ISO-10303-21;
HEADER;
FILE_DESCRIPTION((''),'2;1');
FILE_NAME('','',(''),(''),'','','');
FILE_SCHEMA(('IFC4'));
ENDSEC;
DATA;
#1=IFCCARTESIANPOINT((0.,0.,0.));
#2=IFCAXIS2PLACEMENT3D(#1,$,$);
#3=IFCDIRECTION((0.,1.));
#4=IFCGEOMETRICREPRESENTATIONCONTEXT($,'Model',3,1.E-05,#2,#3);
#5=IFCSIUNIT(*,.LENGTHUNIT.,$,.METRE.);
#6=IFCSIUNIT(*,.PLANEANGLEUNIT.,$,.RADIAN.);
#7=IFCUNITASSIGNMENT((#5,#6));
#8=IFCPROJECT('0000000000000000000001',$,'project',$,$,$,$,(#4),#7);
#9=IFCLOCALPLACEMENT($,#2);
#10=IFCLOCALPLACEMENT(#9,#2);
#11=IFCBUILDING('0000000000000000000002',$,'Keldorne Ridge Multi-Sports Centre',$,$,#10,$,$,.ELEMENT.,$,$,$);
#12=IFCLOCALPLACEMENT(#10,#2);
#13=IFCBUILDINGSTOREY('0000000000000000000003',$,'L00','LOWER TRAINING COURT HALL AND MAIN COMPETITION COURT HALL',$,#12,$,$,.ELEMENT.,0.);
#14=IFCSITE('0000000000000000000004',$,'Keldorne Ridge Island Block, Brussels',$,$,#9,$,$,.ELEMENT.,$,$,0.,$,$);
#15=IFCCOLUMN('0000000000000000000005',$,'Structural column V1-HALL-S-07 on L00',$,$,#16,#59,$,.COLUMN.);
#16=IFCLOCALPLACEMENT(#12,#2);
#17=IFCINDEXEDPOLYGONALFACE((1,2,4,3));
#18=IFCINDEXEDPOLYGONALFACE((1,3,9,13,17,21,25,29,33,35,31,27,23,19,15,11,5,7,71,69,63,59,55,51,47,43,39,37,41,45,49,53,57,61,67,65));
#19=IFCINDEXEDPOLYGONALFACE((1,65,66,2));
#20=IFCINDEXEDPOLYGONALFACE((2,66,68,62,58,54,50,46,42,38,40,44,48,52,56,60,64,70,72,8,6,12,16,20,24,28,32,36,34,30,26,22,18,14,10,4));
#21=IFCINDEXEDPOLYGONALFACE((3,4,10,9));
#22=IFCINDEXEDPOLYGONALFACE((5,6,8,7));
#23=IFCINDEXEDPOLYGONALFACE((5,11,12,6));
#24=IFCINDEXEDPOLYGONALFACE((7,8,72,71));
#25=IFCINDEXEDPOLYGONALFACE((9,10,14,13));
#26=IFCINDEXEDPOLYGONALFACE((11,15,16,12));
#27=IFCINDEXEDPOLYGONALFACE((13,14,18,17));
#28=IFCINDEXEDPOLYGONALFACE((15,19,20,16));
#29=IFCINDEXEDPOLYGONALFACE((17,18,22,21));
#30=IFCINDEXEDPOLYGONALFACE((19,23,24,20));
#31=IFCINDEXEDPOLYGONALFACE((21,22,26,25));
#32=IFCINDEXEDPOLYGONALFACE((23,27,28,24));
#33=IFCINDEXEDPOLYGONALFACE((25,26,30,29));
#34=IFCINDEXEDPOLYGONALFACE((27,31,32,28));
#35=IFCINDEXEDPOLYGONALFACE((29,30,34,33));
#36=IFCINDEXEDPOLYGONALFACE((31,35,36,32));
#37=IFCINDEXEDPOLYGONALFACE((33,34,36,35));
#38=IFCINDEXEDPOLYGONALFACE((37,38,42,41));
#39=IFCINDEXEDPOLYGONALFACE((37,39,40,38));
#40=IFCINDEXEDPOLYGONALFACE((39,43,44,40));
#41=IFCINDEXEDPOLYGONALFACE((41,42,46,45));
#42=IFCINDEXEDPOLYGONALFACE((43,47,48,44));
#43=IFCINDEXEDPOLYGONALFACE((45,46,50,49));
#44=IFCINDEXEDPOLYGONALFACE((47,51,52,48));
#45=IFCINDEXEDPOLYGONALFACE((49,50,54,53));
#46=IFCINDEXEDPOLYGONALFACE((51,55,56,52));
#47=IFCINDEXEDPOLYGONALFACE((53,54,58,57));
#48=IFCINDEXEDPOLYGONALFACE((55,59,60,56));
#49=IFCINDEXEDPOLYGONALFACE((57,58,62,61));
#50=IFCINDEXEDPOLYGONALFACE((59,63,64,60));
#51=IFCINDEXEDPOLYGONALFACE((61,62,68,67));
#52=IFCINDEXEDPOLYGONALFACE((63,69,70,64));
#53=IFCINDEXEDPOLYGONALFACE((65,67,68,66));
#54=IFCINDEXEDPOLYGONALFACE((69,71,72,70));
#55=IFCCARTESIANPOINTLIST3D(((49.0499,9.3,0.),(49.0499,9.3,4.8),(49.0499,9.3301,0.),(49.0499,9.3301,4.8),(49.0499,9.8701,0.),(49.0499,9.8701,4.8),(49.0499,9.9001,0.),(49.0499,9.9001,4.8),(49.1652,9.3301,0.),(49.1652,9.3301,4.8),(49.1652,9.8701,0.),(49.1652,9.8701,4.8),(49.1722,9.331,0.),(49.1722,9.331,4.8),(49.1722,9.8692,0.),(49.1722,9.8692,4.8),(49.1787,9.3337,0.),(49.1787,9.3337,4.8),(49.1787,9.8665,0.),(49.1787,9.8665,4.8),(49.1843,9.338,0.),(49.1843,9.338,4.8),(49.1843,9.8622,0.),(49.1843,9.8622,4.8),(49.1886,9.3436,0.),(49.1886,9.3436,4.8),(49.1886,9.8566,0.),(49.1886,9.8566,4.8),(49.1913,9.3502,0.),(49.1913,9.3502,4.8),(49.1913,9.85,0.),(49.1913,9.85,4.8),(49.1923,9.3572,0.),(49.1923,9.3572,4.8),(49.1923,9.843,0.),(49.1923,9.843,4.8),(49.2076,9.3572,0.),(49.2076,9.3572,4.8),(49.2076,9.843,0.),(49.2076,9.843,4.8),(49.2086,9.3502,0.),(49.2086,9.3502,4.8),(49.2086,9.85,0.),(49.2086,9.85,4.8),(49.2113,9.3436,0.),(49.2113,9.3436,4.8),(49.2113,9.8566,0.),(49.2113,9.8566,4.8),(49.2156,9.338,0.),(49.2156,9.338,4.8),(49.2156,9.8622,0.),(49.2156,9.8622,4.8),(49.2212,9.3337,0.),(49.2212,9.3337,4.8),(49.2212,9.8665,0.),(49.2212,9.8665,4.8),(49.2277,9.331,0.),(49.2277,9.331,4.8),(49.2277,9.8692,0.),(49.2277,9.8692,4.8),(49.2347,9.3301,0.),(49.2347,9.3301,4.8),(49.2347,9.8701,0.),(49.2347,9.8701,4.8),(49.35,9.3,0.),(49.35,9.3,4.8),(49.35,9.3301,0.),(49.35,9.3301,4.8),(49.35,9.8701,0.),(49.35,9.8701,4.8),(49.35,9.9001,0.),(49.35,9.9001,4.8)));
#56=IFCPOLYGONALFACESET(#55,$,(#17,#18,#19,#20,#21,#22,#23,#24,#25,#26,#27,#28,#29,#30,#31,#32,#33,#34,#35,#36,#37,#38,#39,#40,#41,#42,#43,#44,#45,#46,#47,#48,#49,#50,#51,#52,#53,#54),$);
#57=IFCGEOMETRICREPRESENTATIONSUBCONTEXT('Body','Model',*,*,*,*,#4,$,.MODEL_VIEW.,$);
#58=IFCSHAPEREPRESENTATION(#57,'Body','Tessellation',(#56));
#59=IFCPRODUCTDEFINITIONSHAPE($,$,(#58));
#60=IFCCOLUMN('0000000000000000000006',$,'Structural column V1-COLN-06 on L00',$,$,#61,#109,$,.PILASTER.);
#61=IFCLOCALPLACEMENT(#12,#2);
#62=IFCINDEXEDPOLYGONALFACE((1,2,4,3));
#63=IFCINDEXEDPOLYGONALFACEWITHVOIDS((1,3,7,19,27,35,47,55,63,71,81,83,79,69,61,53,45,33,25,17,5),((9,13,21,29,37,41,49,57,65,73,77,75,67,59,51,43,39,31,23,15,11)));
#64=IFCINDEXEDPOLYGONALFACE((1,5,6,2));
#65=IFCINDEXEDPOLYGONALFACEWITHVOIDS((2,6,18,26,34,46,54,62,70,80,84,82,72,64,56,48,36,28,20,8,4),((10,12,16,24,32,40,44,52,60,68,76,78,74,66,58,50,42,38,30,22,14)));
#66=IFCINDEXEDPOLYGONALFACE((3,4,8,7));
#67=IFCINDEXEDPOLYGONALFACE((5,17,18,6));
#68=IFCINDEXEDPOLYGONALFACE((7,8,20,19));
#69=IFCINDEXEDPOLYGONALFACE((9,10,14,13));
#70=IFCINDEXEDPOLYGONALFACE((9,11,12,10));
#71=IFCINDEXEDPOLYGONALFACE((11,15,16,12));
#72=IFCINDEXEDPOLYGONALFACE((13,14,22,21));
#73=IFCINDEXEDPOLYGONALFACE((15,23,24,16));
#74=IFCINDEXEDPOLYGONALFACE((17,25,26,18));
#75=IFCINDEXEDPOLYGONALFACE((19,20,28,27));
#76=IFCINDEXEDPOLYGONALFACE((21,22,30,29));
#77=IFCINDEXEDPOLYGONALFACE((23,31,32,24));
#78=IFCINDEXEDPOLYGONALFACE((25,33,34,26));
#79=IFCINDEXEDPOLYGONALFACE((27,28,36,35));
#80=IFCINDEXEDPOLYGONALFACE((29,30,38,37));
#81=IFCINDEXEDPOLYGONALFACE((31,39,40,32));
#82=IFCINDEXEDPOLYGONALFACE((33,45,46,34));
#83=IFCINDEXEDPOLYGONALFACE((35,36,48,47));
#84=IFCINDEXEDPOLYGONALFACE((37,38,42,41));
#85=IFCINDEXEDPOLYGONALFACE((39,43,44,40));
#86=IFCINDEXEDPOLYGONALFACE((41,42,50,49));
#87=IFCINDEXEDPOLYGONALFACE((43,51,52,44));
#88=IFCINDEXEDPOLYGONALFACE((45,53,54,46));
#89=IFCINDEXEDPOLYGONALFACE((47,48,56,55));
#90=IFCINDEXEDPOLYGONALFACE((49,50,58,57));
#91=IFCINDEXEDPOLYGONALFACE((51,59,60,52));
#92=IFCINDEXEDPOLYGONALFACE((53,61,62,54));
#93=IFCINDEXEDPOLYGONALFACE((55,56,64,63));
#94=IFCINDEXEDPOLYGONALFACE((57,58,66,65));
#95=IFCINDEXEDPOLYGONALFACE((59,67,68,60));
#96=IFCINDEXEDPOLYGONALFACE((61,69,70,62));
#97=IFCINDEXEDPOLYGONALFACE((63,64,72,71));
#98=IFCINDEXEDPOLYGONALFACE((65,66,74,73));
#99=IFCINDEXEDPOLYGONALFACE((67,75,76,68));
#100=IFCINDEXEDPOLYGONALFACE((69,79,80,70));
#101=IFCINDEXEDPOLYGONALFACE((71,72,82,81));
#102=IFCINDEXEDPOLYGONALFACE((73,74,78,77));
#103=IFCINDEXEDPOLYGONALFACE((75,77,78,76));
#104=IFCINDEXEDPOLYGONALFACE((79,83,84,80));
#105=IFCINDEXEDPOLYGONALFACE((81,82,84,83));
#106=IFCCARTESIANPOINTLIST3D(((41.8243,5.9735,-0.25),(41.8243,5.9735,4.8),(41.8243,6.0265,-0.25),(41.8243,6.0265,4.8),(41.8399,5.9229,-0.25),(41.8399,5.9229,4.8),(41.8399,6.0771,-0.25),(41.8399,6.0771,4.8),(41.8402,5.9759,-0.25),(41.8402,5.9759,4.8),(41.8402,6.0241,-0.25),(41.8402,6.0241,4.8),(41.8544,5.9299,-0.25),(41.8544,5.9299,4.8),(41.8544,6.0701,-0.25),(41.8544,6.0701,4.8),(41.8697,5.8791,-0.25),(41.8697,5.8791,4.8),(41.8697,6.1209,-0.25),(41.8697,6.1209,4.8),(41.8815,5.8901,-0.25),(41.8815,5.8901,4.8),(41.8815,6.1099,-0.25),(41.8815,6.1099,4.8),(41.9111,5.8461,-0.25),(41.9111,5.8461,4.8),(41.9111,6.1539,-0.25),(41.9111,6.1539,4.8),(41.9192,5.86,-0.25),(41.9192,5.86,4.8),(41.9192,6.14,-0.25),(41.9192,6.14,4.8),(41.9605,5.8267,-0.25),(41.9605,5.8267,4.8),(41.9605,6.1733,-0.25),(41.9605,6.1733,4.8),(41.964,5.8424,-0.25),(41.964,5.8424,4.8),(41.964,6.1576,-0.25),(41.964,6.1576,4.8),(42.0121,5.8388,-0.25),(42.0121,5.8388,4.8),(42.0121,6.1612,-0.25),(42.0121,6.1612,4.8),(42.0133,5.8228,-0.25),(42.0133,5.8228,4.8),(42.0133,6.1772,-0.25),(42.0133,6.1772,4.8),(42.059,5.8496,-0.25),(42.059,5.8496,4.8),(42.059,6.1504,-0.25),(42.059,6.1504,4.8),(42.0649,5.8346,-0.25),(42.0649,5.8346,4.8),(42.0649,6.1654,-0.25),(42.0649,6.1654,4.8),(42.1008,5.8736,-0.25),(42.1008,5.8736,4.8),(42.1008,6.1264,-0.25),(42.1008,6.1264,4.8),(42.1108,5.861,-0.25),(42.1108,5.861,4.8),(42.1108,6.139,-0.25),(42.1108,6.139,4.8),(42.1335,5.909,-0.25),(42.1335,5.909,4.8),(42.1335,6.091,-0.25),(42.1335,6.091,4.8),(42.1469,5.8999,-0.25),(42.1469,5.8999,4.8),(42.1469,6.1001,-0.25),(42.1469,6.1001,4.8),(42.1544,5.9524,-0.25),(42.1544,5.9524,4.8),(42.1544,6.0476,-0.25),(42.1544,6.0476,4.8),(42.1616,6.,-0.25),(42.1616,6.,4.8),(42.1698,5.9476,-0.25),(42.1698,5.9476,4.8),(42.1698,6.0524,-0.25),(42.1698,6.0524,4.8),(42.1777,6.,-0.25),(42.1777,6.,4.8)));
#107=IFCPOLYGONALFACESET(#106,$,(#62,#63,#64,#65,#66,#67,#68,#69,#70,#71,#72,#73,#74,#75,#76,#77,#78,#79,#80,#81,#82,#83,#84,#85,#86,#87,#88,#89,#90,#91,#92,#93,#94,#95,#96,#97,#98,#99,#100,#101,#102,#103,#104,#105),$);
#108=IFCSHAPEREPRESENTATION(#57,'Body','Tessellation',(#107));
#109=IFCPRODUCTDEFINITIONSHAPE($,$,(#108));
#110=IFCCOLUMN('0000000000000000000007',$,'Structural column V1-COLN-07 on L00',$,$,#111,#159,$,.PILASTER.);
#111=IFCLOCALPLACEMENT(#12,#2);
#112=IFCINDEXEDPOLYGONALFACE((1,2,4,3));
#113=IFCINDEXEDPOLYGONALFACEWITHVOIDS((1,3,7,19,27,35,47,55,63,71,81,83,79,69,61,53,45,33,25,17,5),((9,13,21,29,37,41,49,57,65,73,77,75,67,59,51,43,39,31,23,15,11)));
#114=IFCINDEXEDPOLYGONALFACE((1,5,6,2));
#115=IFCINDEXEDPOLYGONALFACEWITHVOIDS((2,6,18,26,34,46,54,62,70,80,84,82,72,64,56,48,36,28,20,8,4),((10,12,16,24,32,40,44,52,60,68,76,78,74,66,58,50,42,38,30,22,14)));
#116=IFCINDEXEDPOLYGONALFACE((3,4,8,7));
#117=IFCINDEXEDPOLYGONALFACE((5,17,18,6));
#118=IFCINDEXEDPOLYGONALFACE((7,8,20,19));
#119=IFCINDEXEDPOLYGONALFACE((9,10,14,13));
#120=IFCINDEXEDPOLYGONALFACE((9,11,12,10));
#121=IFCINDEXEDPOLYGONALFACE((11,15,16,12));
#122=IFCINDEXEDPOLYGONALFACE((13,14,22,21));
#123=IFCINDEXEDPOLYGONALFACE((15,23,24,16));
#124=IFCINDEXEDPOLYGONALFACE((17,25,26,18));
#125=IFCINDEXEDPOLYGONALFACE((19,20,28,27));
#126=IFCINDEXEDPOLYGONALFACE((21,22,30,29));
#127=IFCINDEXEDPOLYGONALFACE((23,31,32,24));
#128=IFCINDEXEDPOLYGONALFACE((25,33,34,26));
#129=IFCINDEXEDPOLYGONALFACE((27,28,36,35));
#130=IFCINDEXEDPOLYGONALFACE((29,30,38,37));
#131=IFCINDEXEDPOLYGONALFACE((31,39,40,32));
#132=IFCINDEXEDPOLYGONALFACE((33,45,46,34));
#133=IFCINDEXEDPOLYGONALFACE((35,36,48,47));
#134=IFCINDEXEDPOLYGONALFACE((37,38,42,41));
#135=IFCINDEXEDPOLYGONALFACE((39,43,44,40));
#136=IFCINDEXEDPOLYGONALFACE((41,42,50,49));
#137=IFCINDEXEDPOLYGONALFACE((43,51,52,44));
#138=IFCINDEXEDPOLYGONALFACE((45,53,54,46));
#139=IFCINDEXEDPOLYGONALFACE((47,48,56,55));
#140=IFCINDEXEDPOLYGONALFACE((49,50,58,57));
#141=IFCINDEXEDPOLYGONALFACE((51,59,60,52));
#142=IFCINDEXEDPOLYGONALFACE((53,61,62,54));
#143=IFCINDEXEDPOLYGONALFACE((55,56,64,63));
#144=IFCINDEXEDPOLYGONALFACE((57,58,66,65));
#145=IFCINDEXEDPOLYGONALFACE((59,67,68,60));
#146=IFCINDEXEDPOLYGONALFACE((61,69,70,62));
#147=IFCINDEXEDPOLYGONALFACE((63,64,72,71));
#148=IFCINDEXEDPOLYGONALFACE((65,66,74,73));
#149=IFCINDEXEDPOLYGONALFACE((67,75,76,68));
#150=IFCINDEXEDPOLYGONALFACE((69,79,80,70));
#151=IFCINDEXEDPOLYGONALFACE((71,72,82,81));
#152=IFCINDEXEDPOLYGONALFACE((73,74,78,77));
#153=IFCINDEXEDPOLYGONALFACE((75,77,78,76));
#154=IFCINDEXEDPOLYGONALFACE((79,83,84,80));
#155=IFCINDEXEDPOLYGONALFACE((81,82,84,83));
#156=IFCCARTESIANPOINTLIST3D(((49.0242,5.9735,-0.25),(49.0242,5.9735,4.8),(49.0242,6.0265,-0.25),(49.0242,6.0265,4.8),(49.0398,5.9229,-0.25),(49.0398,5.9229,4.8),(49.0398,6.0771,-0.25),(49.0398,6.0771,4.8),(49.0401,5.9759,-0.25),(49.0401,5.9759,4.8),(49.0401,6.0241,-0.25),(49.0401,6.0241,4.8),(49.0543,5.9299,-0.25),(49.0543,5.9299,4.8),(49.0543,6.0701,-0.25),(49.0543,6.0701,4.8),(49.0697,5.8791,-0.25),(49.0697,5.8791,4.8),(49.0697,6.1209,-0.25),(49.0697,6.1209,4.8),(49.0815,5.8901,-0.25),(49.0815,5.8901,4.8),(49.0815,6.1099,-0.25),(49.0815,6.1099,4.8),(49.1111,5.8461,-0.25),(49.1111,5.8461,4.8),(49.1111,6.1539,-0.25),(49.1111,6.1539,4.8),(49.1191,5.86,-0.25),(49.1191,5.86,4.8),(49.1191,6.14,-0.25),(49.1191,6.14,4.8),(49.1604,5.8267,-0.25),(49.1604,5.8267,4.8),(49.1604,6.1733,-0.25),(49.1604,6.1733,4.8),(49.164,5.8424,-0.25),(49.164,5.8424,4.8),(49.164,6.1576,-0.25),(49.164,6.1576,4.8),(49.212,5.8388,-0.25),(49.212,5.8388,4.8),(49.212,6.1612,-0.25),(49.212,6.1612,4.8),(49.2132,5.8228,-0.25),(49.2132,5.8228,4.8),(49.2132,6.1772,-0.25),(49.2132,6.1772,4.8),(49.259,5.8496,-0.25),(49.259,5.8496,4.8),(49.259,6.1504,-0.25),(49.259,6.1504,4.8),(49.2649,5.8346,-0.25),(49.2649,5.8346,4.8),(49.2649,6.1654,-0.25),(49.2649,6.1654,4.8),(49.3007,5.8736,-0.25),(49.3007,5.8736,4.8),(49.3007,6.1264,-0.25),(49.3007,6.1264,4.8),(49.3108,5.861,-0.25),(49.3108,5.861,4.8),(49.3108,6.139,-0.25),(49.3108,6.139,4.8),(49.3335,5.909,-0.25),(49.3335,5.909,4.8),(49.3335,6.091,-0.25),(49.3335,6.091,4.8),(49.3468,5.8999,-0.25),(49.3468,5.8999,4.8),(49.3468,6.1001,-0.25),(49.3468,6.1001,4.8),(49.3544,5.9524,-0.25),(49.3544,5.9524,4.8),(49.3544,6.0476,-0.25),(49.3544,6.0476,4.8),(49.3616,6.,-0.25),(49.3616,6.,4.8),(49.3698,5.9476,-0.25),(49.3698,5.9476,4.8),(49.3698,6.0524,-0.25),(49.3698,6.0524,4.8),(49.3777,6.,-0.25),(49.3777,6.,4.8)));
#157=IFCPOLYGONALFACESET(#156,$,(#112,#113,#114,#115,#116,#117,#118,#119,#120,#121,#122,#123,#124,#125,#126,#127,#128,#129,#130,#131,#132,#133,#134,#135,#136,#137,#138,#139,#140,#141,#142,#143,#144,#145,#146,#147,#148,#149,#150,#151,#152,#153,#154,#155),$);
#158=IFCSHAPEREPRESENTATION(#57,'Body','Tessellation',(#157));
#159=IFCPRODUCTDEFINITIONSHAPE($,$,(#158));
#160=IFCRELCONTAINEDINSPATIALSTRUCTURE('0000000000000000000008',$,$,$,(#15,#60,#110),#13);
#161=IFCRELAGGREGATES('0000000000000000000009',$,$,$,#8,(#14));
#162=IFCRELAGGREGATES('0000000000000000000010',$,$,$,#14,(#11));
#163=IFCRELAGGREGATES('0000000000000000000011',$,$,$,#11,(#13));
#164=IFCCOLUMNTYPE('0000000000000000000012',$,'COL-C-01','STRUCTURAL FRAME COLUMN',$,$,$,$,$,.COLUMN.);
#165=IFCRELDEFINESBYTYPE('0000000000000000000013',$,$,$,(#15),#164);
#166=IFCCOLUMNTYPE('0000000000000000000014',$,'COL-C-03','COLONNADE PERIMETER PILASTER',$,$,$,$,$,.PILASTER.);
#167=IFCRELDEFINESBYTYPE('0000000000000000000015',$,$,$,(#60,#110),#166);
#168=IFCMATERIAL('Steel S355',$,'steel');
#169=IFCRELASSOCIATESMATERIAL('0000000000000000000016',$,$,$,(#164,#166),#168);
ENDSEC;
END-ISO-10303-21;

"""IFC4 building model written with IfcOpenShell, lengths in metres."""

from ifc_helpers import new_model, si_unit, direction, frame, origin, origin_2d, place, context, subcontext, project, spatial, hollow_circle, i_section, extrude, material, material_profile, profile_set, type_object, element, save


model = new_model("IFC4")

# Units and contexts
model_context = context("Model", 3, precision=1e-05, world=origin(), true_north=direction((0.0, 1.0)))
body_context = subcontext(model_context, "Body", "Model", "MODEL_VIEW")
ifc_project = project(units=[si_unit("LENGTHUNIT", "METRE"), si_unit("PLANEANGLEUNIT", "RADIAN")], contexts=[model_context])

# Site, building, storey
site_placement = place(None, origin())
site = spatial("IfcSite", under=ifc_project, at=site_placement, Name="Keldorne Ridge Island Block, Brussels", CompositionType="ELEMENT", RefElevation=0.0)
building_placement = place(site_placement, origin())
building = spatial("IfcBuilding", under=site, at=building_placement, Name="Keldorne Ridge Multi-Sports Centre", CompositionType="ELEMENT")
storey_placement = place(building_placement, origin())
storey = spatial("IfcBuildingStorey", under=building, at=storey_placement, Name="L00", Description="LOWER TRAINING COURT HALL AND MAIN COMPETITION COURT HALL", CompositionType="ELEMENT", Elevation=0.0)

# Columns
ifc_material_1 = material(Name="Steel S355", Category="steel")
ifc_material_profile_1 = material_profile(ifc_material_1, i_section(OverallWidth=0.3, OverallDepth=0.6001, WebThickness=0.0154, FlangeThickness=0.03, FilletRadius=0.0271, at=origin_2d()), Name="HEB 600")
ifc_profile_set_1 = profile_set([ifc_material_profile_1], Name="Steel S355")
column_type_1 = type_object("IfcColumnType", Name="COL-C-01", Description="STRUCTURAL FRAME COLUMN", PredefinedType="COLUMN", material=ifc_profile_set_1)
for number, where, z_axis, x_axis, name in (
    (1, (49.2, 9.6001, 0.0), (0.0, 0.0, 1.0), (1.0, 0.0, 0.0), "Structural column V1-HALL-S-07 on L00"),
):
    element("IfcColumn", number, at=place(storey_placement, frame(where, z_axis=z_axis, x_axis=x_axis)), inside=storey, type_object=column_type_1, Name=name, PredefinedType="COLUMN", context=body_context, shape_type="SweptSolid", body=[
        extrude(i_section(OverallWidth=0.3, OverallDepth=0.6001, WebThickness=0.0154, FlangeThickness=0.03, FilletRadius=0.0271, at=origin_2d()), origin(), (0.0, 0.0, 1.0), 4.8),
    ])
ifc_material_profile_2 = material_profile(ifc_material_1, hollow_circle(Radius=0.1777, WallThickness=0.0161, at=origin_2d()), Name="CHS 355.6x16")
ifc_profile_set_2 = profile_set([ifc_material_profile_2], Name="Steel S355")
column_type_2 = type_object("IfcColumnType", Name="COL-C-03", Description="COLONNADE PERIMETER PILASTER", PredefinedType="PILASTER", material=ifc_profile_set_2)
for number, where, z_axis, x_axis, name in (
    (2, (42.0, 6.0, -0.25), (0.0, 0.0, 1.0), (1.0, 0.0, 0.0), "Structural column V1-COLN-06 on L00"),
    (3, (49.2, 6.0, -0.25), (0.0, 0.0, 1.0), (1.0, 0.0, 0.0), "Structural column V1-COLN-07 on L00"),
):
    element("IfcColumn", number, at=place(storey_placement, frame(where, z_axis=z_axis, x_axis=x_axis)), inside=storey, type_object=column_type_2, Name=name, PredefinedType="PILASTER", context=body_context, shape_type="SweptSolid", body=[
        extrude(hollow_circle(Radius=0.1777, WallThickness=0.0161, at=origin_2d()), origin(), (0.0, 0.0, 1.0), 5.05),
    ])

save(model, "model.ifc")
